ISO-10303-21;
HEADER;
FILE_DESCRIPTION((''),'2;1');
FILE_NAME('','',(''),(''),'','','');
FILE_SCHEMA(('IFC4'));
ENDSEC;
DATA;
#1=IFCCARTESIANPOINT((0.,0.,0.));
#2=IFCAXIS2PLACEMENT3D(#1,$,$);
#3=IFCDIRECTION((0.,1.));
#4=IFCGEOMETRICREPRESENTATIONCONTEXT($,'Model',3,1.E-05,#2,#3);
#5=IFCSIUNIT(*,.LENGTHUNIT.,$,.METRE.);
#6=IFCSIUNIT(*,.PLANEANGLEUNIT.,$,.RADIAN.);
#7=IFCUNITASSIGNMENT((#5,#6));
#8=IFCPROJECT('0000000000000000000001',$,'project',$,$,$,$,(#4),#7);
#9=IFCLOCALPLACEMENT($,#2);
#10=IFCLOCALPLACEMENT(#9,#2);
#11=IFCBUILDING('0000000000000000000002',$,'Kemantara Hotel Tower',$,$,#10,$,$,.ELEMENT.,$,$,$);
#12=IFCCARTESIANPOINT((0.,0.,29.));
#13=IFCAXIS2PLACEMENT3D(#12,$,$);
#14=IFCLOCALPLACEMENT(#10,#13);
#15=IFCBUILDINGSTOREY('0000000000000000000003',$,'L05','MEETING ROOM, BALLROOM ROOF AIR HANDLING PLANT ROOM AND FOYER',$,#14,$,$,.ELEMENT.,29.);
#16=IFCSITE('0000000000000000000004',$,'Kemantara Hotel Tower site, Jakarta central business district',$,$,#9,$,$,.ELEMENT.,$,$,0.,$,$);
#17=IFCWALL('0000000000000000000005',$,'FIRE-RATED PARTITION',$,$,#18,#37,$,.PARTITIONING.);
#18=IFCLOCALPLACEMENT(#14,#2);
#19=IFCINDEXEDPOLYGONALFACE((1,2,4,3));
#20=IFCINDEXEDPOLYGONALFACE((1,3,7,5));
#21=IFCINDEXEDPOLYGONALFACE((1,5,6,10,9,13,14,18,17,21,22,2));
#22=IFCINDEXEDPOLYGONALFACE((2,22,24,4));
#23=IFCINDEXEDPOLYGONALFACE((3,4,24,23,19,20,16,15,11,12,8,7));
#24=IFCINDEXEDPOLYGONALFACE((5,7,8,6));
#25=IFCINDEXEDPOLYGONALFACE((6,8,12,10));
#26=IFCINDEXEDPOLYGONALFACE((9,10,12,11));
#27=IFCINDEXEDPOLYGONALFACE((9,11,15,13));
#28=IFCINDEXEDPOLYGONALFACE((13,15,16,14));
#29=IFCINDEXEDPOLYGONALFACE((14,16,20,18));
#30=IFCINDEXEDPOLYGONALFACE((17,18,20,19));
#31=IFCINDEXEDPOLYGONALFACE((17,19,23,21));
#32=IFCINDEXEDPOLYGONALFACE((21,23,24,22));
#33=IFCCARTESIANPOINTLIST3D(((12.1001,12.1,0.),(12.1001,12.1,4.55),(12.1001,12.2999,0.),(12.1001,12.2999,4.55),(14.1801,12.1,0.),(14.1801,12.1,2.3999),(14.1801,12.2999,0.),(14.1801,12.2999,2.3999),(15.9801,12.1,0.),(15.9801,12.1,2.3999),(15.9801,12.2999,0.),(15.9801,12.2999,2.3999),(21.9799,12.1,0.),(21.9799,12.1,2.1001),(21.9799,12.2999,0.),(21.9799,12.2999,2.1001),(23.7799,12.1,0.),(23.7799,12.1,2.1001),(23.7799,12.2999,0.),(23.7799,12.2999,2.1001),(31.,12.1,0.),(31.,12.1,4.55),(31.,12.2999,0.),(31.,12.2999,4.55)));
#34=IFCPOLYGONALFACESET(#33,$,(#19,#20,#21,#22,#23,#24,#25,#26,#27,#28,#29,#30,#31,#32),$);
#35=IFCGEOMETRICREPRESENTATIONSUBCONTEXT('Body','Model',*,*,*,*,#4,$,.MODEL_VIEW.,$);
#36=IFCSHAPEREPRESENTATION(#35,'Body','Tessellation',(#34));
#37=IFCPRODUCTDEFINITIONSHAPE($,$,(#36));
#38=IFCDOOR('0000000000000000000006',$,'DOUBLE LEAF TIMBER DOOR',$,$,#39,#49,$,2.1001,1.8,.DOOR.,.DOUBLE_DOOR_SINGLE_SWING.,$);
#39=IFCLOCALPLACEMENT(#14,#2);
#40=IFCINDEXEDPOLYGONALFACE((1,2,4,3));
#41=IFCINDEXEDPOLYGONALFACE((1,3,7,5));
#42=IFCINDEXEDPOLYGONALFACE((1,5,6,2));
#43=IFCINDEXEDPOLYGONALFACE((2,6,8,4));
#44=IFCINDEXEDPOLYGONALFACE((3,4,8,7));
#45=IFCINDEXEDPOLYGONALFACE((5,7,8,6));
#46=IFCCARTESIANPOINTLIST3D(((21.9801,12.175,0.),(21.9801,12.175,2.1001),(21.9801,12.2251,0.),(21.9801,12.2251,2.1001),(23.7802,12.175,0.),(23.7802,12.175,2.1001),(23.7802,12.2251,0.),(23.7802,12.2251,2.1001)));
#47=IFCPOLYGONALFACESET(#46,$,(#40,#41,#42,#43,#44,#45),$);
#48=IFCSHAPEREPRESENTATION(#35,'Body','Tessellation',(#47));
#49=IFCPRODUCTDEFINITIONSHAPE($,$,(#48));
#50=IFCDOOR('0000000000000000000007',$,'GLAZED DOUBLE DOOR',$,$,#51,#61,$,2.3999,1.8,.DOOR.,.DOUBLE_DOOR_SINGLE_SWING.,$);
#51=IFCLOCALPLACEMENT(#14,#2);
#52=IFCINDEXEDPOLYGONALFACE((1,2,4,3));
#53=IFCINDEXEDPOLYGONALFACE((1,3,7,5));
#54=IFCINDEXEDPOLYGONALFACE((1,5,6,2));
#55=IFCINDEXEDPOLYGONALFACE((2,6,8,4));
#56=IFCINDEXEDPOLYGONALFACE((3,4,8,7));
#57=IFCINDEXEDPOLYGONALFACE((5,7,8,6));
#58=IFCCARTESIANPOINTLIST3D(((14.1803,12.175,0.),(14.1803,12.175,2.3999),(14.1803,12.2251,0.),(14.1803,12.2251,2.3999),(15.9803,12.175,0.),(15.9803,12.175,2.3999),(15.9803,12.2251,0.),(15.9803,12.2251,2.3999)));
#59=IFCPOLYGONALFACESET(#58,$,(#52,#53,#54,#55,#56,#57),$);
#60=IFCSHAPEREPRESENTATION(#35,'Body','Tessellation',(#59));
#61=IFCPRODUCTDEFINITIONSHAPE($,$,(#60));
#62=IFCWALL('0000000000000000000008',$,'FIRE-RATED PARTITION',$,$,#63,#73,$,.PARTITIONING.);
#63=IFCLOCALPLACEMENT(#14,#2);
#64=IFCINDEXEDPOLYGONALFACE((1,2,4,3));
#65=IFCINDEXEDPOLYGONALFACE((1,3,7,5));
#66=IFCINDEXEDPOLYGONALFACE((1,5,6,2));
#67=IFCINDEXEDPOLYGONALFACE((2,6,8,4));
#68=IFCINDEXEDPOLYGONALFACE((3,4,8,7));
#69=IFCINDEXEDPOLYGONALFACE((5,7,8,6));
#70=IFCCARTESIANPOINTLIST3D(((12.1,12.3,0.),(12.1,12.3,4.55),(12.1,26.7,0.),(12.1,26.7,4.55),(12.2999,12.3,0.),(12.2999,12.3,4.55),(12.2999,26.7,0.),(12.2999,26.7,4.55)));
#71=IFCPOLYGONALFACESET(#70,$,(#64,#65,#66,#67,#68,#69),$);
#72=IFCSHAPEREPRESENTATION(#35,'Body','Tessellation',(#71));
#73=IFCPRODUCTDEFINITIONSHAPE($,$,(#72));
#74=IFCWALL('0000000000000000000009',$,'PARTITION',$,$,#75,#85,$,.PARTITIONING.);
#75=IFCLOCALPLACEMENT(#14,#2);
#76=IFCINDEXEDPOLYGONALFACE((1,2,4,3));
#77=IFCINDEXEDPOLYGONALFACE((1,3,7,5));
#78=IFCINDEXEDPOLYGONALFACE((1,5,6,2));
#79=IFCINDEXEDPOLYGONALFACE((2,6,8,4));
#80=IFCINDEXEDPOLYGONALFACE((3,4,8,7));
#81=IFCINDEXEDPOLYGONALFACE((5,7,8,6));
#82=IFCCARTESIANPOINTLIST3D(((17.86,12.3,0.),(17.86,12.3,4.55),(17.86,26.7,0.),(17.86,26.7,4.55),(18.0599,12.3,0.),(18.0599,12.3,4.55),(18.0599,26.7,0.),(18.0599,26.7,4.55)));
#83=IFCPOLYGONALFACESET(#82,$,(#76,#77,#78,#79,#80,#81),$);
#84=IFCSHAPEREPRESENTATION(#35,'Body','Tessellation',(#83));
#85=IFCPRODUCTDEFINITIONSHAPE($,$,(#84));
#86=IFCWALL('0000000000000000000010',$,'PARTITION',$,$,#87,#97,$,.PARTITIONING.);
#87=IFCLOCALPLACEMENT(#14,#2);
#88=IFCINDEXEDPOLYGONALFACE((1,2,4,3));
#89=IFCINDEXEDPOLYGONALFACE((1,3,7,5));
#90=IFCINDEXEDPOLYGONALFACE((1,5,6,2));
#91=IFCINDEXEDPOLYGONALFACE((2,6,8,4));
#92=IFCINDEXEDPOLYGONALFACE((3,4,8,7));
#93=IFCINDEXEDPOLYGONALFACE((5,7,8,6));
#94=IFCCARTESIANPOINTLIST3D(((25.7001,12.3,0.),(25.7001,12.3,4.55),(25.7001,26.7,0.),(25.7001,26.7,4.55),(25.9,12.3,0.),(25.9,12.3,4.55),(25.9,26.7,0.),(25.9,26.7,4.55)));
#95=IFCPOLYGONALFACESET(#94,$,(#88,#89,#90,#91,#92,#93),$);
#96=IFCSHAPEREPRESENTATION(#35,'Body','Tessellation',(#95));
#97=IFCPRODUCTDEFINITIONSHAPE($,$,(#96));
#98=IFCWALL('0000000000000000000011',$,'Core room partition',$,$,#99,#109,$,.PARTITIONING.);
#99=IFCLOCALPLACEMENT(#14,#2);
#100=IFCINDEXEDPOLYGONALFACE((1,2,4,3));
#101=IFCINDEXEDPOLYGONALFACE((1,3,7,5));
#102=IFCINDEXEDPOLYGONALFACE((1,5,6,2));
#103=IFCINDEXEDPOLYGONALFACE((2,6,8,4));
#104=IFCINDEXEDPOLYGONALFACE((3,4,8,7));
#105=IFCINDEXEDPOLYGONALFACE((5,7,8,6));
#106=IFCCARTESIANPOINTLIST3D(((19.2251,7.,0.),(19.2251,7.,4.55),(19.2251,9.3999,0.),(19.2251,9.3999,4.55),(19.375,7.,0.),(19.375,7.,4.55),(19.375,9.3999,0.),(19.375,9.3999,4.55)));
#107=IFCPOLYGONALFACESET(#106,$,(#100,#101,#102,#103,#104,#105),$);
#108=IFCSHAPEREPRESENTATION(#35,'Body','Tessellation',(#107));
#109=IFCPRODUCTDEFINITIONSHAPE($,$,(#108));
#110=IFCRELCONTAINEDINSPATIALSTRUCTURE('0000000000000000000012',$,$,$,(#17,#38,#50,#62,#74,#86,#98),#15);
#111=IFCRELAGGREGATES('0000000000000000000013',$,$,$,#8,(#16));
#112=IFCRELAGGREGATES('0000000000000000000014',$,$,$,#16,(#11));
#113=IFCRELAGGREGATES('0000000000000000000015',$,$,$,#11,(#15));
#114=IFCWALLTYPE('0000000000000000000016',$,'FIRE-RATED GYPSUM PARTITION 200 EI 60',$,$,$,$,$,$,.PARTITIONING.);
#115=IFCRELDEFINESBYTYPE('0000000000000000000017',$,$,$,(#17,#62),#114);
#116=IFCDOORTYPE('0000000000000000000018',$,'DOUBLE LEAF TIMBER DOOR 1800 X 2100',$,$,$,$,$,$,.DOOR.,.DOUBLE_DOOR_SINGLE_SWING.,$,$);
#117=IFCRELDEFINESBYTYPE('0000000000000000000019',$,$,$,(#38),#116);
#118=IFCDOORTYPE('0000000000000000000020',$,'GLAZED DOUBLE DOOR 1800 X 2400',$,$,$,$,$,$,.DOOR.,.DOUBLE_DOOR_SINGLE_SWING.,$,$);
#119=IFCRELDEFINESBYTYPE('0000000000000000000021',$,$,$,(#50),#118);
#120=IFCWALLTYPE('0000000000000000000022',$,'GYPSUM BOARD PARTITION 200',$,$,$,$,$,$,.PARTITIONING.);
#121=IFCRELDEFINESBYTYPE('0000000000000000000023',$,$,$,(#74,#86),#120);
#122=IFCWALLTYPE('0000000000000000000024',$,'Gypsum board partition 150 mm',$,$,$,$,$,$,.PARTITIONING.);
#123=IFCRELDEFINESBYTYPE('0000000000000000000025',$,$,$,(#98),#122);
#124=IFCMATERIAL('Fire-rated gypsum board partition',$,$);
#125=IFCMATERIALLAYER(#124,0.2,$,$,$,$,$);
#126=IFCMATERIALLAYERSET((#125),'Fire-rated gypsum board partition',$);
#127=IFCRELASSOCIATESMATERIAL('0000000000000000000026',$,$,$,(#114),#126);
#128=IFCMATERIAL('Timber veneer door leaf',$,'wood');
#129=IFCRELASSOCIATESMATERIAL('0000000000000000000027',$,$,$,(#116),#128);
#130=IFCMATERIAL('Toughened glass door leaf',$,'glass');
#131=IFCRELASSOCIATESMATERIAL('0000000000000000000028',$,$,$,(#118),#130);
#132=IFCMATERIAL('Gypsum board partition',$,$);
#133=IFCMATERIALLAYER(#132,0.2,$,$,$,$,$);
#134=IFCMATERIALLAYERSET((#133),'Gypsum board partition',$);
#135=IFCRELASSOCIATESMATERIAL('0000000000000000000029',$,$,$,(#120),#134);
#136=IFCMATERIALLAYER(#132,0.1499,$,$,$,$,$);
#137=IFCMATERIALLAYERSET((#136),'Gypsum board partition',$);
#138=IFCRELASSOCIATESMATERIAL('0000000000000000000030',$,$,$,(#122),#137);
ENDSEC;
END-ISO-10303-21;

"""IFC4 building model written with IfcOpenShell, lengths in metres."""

from ifc_helpers import new_model, si_unit, direction, frame, frame_2d, origin, place, context, subcontext, project, spatial, rectangle, extrude, material, layer, layer_set, type_object, element, fill, save


model = new_model("IFC4")

# Units and contexts
model_context = context("Model", 3, precision=1e-05, world=origin(), true_north=direction((0.0, 1.0)))
body_context = subcontext(model_context, "Body", "Model", "MODEL_VIEW")
ifc_project = project(units=[si_unit("LENGTHUNIT", "METRE"), si_unit("PLANEANGLEUNIT", "RADIAN")], contexts=[model_context])

# Site, building, storey
site_placement = place(None, origin())
site = spatial("IfcSite", under=ifc_project, at=site_placement, Name="Kemantara Hotel Tower site, Jakarta central business district", CompositionType="ELEMENT", RefElevation=0.0)
building_placement = place(site_placement, origin())
building = spatial("IfcBuilding", under=site, at=building_placement, Name="Kemantara Hotel Tower", CompositionType="ELEMENT")
storey_placement = place(building_placement, frame((0.0, 0.0, 29.0)))
storey = spatial("IfcBuildingStorey", under=building, at=storey_placement, Name="L05", Description="MEETING ROOM, BALLROOM ROOF AIR HANDLING PLANT ROOM AND FOYER", CompositionType="ELEMENT", Elevation=29.0)

# Wall, openings, doors
ifc_material_1 = material(Name="Fire-rated gypsum board partition")
ifc_layer_1 = layer(ifc_material_1, 0.2)
ifc_layer_set_1 = layer_set([ifc_layer_1], Name="Fire-rated gypsum board partition")
wall_type_1 = type_object("IfcWallType", Name="FIRE-RATED GYPSUM PARTITION 200 EI 60", PredefinedType="PARTITIONING", material=ifc_layer_set_1)
wall_1_placement = place(storey_placement, frame((12.1001, 12.2, 0.0), z_axis=(0.0, 0.0, 1.0), x_axis=(1.0, 0.0, 0.0)))
wall_1 = element("IfcWall", 1, at=wall_1_placement, inside=storey, type_object=wall_type_1, Name="FIRE-RATED PARTITION", PredefinedType="PARTITIONING", context=body_context, shape_type="SweptSolid", body=[
    extrude(rectangle(XDim=18.8999, YDim=0.2, at=frame_2d((9.45, 0.0))), origin(), (0.0, 0.0, 1.0), 4.55),
])
opening_1_placement = place(wall_1_placement, frame((2.0801, 0.0, 0.0)))
opening_1 = element("IfcOpeningElement", 2, at=opening_1_placement, cuts=wall_1, PredefinedType="OPENING", context=body_context, shape_type="SweptSolid", body=[
    extrude(rectangle(XDim=1.8, YDim=2.3999, at=frame_2d((0.8999, 1.2))), frame((0.0, 0.1099, 0.0), z_axis=(0.0, -1.0, 0.0), x_axis=(1.0, 0.0, 0.0)), (0.0, 0.0, 1.0), 0.22),
])
opening_2_placement = place(wall_1_placement, frame((9.8799, 0.0, 0.0)))
opening_2 = element("IfcOpeningElement", 3, at=opening_2_placement, cuts=wall_1, PredefinedType="OPENING", context=body_context, shape_type="SweptSolid", body=[
    extrude(rectangle(XDim=1.8, YDim=2.1001, at=frame_2d((0.8999, 1.05))), frame((0.0, 0.1099, 0.0), z_axis=(0.0, -1.0, 0.0), x_axis=(1.0, 0.0, 0.0)), (0.0, 0.0, 1.0), 0.22),
])
ifc_material_2 = material(Name="Timber veneer door leaf", Category="wood")
door_type_1 = type_object("IfcDoorType", Name="DOUBLE LEAF TIMBER DOOR 1800 X 2100", OperationType="DOUBLE_DOOR_SINGLE_SWING", PredefinedType="DOOR", material=ifc_material_2)
door_1_placement = place(opening_2_placement, frame((1.8, 0.0, 0.0), z_axis=(0.0, 0.0, 1.0), x_axis=(-1.0, 0.0, 0.0)))
door_1 = element("IfcDoor", 4, at=door_1_placement, inside=storey, type_object=door_type_1, Name="DOUBLE LEAF TIMBER DOOR", OperationType="DOUBLE_DOOR_SINGLE_SWING", OverallHeight=2.1001, OverallWidth=1.8, PredefinedType="DOOR", context=body_context, shape_type="SweptSolid", body=[
    extrude(rectangle(XDim=1.8, YDim=2.1001, at=frame_2d((0.8999, 1.05))), frame((0.0, 0.0249, 0.0), z_axis=(0.0, -1.0, 0.0), x_axis=(1.0, 0.0, 0.0)), (0.0, 0.0, 1.0), 0.05),
])
fill(opening_2, door_1)
ifc_material_3 = material(Name="Toughened glass door leaf", Category="glass")
door_type_2 = type_object("IfcDoorType", Name="GLAZED DOUBLE DOOR 1800 X 2400", OperationType="DOUBLE_DOOR_SINGLE_SWING", PredefinedType="DOOR", material=ifc_material_3)
door_2_placement = place(opening_1_placement, frame((1.8, 0.0, 0.0), z_axis=(0.0, 0.0, 1.0), x_axis=(-1.0, 0.0, 0.0)))
door_2 = element("IfcDoor", 5, at=door_2_placement, inside=storey, type_object=door_type_2, Name="GLAZED DOUBLE DOOR", OperationType="DOUBLE_DOOR_SINGLE_SWING", OverallHeight=2.3999, OverallWidth=1.8, PredefinedType="DOOR", context=body_context, shape_type="SweptSolid", body=[
    extrude(rectangle(XDim=1.8, YDim=2.3999, at=frame_2d((0.8999, 1.2))), frame((0.0, 0.0249, 0.0), z_axis=(0.0, -1.0, 0.0), x_axis=(1.0, 0.0, 0.0)), (0.0, 0.0, 1.0), 0.05),
])
fill(opening_1, door_2)

# Walls
wall_2_placement = place(storey_placement, frame((12.2, 12.3, 0.0), z_axis=(0.0, 0.0, 1.0), x_axis=(0.0, 1.0, 0.0)))
element("IfcWall", 6, at=wall_2_placement, inside=storey, type_object=wall_type_1, Name="FIRE-RATED PARTITION", PredefinedType="PARTITIONING", context=body_context, shape_type="SweptSolid", body=[
    extrude(rectangle(XDim=14.3999, YDim=0.2, at=frame_2d((7.2, 0.0))), origin(), (0.0, 0.0, 1.0), 4.55),
])
ifc_material_4 = material(Name="Gypsum board partition")
ifc_layer_2 = layer(ifc_material_4, 0.2)
ifc_layer_set_2 = layer_set([ifc_layer_2], Name="Gypsum board partition")
wall_type_2 = type_object("IfcWallType", Name="GYPSUM BOARD PARTITION 200", PredefinedType="PARTITIONING", material=ifc_layer_set_2)
for number, where, z_axis, x_axis, name in (
    (7, (17.96, 12.3, 0.0), (0.0, 0.0, 1.0), (0.0, 1.0, 0.0), "PARTITION"),
    (8, (25.8, 12.3, 0.0), (0.0, 0.0, 1.0), (0.0, 1.0, 0.0), "PARTITION"),
):
    element("IfcWall", number, at=place(storey_placement, frame(where, z_axis=z_axis, x_axis=x_axis)), inside=storey, type_object=wall_type_2, Name=name, PredefinedType="PARTITIONING", context=body_context, shape_type="SweptSolid", body=[
        extrude(rectangle(XDim=14.3999, YDim=0.2, at=frame_2d((7.2, 0.0))), origin(), (0.0, 0.0, 1.0), 4.55),
    ])
ifc_layer_3 = layer(ifc_material_4, 0.1499)
ifc_layer_set_3 = layer_set([ifc_layer_3], Name="Gypsum board partition")
wall_type_3 = type_object("IfcWallType", Name="Gypsum board partition 150 mm", PredefinedType="PARTITIONING", material=ifc_layer_set_3)
wall_3_placement = place(storey_placement, frame((19.3, 7.0, 0.0), z_axis=(0.0, 0.0, 1.0), x_axis=(0.0, 1.0, 0.0)))
element("IfcWall", 9, at=wall_3_placement, inside=storey, type_object=wall_type_3, Name="Core room partition", PredefinedType="PARTITIONING", context=body_context, shape_type="SweptSolid", body=[
    extrude(rectangle(XDim=2.3999, YDim=0.1499, at=frame_2d((1.2, 0.0))), origin(), (0.0, 0.0, 1.0), 4.55),
])

save(model, "model.ifc")
